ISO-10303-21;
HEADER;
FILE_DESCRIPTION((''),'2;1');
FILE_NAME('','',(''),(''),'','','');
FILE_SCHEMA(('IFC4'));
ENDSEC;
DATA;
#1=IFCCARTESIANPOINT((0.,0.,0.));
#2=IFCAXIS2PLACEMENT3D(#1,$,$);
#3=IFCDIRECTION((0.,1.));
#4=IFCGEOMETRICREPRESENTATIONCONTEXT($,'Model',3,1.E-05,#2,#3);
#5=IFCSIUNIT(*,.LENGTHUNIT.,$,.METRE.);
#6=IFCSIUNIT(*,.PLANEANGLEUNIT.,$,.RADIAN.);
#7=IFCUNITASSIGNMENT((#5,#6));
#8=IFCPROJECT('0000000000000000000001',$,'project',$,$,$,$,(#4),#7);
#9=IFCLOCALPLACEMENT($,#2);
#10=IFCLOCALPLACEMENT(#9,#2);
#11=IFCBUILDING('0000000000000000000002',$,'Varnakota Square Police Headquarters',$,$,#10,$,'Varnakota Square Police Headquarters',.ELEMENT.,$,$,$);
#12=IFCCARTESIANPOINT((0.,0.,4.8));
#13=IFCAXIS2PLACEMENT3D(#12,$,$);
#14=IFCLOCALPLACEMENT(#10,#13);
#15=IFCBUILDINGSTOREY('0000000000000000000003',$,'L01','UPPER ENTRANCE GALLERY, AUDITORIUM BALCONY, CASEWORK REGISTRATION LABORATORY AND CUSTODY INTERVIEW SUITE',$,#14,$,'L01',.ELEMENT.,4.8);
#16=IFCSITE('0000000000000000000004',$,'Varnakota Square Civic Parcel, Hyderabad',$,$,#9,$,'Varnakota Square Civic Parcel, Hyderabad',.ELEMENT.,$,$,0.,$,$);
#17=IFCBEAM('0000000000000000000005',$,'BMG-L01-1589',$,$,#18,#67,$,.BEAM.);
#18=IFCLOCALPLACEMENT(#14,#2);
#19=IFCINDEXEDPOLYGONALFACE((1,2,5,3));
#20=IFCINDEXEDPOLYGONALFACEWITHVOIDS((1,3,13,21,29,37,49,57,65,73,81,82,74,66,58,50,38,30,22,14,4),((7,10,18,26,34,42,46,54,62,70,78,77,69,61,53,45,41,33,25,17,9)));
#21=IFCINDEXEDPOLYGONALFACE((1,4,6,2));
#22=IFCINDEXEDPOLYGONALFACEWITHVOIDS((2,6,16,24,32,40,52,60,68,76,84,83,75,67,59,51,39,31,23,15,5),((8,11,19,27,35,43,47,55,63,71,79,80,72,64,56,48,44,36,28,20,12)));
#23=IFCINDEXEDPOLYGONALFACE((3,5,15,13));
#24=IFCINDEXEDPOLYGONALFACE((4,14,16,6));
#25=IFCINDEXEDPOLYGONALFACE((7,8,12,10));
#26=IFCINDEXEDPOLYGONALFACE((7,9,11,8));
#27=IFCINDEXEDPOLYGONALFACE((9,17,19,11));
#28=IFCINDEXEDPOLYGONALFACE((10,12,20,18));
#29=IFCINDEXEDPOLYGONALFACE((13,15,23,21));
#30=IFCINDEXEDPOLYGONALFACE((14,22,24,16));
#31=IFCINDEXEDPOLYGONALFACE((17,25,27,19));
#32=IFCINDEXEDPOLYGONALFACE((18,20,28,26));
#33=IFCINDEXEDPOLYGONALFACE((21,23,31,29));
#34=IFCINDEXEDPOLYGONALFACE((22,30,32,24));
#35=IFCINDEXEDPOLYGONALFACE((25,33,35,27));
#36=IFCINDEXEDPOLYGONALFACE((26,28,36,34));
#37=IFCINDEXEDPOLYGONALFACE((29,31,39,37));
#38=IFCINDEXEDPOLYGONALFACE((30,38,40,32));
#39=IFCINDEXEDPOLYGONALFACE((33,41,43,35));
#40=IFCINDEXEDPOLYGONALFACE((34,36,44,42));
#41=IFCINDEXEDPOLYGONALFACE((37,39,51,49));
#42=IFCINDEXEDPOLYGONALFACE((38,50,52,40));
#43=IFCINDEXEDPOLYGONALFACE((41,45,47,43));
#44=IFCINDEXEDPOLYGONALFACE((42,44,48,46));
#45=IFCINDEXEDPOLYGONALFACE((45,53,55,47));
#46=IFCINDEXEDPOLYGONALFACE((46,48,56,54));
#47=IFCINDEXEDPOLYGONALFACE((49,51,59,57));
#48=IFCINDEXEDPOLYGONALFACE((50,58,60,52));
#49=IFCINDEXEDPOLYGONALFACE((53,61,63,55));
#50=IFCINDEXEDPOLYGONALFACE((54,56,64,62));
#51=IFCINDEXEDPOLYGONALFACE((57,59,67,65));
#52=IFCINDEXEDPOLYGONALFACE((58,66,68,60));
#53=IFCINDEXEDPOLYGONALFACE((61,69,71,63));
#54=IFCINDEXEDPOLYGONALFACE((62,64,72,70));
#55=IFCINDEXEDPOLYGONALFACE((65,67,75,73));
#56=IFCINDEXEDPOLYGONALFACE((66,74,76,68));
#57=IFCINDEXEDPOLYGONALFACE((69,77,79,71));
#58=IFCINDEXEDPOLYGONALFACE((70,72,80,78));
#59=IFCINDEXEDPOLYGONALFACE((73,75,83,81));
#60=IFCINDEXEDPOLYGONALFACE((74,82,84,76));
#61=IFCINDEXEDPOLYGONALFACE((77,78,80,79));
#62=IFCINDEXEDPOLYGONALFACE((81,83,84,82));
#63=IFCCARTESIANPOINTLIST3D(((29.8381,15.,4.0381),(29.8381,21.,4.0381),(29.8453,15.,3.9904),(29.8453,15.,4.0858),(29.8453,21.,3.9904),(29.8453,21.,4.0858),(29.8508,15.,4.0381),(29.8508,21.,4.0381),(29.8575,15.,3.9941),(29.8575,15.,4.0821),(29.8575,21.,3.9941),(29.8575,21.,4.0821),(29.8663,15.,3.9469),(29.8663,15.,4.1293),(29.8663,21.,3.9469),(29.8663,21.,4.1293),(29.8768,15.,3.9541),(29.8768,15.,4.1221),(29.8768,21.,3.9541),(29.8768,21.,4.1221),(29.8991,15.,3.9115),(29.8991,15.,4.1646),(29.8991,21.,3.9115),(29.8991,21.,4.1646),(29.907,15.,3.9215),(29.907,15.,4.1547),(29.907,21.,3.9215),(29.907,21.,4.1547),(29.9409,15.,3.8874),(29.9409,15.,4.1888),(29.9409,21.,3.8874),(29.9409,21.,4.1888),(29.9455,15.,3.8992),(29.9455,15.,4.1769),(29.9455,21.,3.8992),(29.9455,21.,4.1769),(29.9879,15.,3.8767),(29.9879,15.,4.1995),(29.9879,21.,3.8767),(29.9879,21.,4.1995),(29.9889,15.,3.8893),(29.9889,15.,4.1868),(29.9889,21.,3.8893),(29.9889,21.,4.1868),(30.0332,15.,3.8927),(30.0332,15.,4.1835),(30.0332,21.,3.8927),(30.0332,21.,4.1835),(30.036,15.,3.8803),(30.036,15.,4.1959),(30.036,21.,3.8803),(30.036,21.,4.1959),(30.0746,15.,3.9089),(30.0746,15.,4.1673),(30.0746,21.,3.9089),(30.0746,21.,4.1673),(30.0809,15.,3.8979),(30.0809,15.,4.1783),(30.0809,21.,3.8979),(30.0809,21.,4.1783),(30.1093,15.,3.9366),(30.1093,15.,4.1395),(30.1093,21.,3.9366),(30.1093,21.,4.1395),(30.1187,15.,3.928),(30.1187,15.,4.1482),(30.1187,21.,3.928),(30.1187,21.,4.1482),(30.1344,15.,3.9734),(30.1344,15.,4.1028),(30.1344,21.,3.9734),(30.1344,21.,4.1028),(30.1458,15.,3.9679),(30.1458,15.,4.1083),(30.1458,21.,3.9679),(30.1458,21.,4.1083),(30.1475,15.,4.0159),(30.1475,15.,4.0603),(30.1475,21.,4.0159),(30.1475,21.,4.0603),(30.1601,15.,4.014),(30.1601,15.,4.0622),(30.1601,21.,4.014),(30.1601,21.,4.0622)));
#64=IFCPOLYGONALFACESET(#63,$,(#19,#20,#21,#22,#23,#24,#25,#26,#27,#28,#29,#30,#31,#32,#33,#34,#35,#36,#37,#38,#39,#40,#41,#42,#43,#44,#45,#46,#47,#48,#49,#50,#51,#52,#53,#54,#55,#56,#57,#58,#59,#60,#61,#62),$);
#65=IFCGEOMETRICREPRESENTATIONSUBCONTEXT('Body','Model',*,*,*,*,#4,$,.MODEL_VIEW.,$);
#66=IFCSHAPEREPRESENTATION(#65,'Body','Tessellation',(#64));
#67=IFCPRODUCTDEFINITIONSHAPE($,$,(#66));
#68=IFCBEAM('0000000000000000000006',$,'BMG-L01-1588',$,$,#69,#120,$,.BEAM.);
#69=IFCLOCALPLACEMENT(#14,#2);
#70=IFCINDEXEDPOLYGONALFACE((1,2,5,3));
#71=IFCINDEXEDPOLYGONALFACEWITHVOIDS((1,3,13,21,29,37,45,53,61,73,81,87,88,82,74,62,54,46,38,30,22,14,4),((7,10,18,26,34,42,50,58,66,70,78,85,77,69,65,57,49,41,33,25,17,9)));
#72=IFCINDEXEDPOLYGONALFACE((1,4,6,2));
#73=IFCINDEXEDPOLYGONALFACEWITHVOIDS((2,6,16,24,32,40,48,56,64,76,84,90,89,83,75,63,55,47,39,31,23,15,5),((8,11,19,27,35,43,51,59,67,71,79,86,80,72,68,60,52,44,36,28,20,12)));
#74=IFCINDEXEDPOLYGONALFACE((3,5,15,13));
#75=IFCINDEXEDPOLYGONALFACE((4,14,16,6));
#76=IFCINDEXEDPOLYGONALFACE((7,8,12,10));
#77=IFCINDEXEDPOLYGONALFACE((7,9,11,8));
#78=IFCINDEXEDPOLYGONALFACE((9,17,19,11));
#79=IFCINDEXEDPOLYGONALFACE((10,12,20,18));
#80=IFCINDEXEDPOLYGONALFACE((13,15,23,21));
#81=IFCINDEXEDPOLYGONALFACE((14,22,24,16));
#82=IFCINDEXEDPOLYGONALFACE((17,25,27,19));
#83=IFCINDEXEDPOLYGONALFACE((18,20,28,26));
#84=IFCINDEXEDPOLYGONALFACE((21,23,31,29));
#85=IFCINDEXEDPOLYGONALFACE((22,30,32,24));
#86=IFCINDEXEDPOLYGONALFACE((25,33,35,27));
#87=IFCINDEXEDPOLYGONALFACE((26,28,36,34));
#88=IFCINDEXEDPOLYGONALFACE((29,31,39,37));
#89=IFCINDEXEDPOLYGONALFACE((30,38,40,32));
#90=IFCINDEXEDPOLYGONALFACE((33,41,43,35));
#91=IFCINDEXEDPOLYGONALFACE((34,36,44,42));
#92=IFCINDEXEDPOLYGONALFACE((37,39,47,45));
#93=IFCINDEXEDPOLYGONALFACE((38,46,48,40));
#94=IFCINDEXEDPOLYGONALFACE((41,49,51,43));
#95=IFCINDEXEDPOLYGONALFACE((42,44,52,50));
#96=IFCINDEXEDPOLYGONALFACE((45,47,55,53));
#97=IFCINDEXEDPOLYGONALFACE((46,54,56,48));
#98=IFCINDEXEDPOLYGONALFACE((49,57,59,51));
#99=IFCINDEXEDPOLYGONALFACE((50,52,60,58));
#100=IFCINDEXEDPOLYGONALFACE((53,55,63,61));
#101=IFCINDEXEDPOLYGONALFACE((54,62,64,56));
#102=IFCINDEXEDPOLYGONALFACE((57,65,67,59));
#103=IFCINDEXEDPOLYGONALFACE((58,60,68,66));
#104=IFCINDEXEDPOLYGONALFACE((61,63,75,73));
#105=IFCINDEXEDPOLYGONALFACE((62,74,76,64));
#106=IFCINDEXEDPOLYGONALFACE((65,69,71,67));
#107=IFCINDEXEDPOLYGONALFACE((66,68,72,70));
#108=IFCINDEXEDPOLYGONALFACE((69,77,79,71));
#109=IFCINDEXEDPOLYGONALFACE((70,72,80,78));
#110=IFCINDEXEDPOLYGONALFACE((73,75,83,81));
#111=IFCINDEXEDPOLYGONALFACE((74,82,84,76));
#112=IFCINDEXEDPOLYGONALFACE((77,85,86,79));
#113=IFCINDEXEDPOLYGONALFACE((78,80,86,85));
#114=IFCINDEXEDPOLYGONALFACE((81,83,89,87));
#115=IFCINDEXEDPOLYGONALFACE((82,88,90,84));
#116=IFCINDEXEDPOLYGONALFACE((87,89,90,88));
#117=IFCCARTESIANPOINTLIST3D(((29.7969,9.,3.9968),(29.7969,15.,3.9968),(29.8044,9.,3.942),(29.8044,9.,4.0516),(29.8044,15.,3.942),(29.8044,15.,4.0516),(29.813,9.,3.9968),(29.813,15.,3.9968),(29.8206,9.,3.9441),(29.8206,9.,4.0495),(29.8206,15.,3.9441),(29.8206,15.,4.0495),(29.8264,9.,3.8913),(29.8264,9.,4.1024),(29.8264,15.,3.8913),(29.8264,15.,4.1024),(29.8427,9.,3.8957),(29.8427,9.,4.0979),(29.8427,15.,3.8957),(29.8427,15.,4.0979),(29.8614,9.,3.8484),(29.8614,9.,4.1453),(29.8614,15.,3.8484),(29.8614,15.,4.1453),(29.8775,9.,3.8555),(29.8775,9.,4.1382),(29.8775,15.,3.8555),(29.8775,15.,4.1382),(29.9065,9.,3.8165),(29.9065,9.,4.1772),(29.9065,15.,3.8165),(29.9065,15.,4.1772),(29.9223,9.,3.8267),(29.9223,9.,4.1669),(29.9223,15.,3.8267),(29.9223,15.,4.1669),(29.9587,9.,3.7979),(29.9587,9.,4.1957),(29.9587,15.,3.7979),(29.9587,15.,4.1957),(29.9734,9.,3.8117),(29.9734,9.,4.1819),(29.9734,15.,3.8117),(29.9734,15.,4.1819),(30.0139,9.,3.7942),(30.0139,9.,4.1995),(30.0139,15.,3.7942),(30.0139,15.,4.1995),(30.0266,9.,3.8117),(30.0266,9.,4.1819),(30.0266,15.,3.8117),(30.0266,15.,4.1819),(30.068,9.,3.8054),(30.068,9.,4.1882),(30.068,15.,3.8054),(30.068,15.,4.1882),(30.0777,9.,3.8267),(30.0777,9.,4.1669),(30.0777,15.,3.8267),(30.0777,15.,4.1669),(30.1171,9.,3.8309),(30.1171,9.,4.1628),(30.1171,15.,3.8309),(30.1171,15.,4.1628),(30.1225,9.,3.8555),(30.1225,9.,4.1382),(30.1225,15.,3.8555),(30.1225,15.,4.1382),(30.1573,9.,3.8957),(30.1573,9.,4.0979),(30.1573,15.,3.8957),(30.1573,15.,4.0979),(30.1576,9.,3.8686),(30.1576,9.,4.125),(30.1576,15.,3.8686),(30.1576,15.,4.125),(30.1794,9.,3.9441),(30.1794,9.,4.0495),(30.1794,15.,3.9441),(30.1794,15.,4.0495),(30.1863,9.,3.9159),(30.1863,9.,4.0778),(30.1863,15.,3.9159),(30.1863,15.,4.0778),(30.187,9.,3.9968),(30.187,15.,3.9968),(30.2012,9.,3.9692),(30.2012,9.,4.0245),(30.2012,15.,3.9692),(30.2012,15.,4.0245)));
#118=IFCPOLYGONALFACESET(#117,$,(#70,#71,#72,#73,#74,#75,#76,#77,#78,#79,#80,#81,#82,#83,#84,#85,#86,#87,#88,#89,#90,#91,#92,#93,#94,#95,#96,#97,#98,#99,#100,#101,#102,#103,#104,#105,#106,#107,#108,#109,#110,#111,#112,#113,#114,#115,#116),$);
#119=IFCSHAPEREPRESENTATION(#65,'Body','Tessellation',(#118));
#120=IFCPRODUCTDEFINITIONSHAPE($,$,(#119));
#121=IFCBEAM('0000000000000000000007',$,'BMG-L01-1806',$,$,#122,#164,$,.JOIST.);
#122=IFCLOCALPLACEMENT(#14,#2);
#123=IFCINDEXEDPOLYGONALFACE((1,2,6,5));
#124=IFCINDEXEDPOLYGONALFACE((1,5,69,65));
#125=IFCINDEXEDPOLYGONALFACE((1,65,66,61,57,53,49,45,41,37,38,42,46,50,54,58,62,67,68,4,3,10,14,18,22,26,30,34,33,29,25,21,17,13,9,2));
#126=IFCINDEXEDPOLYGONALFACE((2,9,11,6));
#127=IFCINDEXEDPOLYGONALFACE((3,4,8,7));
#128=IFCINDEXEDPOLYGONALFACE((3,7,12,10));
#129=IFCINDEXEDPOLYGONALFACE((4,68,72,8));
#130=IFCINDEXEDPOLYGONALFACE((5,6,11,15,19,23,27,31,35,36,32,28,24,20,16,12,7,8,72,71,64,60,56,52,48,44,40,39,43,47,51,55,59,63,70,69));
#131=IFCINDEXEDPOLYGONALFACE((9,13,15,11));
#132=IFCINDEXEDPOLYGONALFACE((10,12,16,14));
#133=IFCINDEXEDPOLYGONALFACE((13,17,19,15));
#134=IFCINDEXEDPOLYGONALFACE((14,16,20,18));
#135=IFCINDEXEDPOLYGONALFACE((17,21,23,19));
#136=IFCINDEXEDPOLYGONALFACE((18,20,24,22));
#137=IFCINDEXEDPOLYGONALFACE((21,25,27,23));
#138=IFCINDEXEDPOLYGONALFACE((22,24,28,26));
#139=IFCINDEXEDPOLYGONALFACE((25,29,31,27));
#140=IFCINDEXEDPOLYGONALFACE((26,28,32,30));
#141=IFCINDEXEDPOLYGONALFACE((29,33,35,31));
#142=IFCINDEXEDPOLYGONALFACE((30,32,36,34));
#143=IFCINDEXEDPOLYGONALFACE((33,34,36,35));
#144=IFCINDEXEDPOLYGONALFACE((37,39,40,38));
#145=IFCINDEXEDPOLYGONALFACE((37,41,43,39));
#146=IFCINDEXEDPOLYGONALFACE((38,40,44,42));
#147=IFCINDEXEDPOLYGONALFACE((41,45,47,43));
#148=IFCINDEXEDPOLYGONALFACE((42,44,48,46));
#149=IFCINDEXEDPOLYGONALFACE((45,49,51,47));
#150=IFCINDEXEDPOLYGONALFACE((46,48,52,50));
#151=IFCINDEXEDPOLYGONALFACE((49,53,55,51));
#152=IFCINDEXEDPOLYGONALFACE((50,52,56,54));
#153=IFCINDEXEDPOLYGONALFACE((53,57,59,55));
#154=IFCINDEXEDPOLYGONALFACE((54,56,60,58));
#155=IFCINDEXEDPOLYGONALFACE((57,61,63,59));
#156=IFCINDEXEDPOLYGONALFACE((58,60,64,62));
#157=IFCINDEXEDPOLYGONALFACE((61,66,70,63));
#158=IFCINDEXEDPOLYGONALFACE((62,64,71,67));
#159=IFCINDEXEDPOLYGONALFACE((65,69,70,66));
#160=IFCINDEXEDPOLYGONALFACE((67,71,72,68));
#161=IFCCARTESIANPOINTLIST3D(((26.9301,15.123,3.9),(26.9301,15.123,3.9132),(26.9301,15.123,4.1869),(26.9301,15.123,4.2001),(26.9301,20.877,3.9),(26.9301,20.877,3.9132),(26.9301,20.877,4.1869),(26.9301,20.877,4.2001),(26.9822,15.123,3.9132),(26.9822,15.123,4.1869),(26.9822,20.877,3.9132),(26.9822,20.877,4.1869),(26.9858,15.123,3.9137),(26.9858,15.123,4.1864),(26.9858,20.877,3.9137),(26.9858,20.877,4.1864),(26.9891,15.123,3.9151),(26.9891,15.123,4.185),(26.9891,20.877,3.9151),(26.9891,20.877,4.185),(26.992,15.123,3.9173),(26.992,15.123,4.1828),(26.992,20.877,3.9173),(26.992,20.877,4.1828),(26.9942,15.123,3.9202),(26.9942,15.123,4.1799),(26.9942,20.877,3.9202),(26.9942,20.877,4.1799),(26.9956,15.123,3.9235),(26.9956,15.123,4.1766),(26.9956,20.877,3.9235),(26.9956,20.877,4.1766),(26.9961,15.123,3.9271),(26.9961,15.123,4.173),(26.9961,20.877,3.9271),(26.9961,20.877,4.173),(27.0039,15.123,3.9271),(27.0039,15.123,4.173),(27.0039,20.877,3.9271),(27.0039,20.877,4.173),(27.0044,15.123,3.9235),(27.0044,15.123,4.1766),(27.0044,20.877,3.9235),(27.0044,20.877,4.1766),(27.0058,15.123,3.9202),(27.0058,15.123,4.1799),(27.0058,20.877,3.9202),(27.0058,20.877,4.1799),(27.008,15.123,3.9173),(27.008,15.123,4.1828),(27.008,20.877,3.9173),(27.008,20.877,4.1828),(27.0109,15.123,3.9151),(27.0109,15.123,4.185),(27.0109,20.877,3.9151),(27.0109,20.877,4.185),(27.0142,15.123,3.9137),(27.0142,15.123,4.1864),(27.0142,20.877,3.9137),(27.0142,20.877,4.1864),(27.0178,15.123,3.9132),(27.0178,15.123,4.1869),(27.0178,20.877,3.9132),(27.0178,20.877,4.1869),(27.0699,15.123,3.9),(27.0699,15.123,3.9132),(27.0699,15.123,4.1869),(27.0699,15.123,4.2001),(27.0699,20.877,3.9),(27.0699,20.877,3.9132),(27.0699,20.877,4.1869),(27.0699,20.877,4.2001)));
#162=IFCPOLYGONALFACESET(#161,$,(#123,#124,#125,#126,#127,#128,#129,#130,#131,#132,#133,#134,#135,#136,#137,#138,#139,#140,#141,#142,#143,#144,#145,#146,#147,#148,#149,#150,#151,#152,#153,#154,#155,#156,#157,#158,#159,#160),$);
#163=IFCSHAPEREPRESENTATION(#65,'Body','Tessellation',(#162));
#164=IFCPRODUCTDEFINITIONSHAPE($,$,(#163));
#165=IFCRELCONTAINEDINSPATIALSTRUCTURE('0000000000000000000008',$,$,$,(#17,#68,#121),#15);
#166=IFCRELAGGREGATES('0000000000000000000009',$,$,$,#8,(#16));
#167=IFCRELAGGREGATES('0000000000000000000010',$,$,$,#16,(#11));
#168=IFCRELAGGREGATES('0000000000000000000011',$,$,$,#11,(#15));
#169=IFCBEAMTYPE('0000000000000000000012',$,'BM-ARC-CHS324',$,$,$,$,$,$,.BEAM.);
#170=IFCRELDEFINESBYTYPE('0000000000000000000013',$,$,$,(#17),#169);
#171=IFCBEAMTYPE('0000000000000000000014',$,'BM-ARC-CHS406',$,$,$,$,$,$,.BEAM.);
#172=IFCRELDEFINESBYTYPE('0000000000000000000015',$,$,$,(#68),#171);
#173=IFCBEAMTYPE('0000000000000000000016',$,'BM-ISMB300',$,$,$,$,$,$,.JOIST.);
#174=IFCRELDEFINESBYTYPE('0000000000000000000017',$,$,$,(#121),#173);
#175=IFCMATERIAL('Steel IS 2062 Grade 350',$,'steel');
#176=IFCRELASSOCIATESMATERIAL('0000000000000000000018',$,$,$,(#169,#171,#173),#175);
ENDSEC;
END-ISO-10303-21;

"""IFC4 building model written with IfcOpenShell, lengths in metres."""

from ifc_helpers import new_model, si_unit, direction, frame, origin, origin_2d, place, context, subcontext, project, spatial, hollow_circle, i_section, extrude, material, material_profile, profile_set, type_object, element, save


model = new_model("IFC4")

# Units and contexts
model_context = context("Model", 3, precision=1e-05, world=origin(), true_north=direction((0.0, 1.0)))
body_context = subcontext(model_context, "Body", "Model", "MODEL_VIEW")
ifc_project = project(units=[si_unit("LENGTHUNIT", "METRE"), si_unit("PLANEANGLEUNIT", "RADIAN")], contexts=[model_context])

# Site, building, storey
site_placement = place(None, origin())
site = spatial("IfcSite", under=ifc_project, at=site_placement, Name="Varnakota Square Civic Parcel, Hyderabad", LongName="Varnakota Square Civic Parcel, Hyderabad", CompositionType="ELEMENT", RefElevation=0.0)
building_placement = place(site_placement, origin())
building = spatial("IfcBuilding", under=site, at=building_placement, Name="Varnakota Square Police Headquarters", LongName="Varnakota Square Police Headquarters", CompositionType="ELEMENT")
storey_placement = place(building_placement, frame((0.0, 0.0, 4.8)))
storey = spatial("IfcBuildingStorey", under=building, at=storey_placement, Name="L01", Description="UPPER ENTRANCE GALLERY, AUDITORIUM BALCONY, CASEWORK REGISTRATION LABORATORY AND CUSTODY INTERVIEW SUITE", LongName="L01", CompositionType="ELEMENT", Elevation=4.8)

# Shared definitions
ifc_material_1 = material(Name="Steel IS 2062 Grade 350", Category="steel")

# Beams
ifc_material_profile_1 = material_profile(ifc_material_1, hollow_circle(Radius=0.1619, WallThickness=0.0127, at=origin_2d()), Name="CHS 323.9x12.7")
ifc_profile_set_1 = profile_set([ifc_material_profile_1], Name="Steel IS 2062 Grade 350")
beam_type_1 = type_object("IfcBeamType", Name="BM-ARC-CHS324", PredefinedType="BEAM", material=ifc_profile_set_1)
for number, where, z_axis, x_axis, name in (
    (1, (30.0, 15.0, 4.0381), (0.0, 1.0, 0.0), (-1.0, 0.0, 0.0), "BMG-L01-1589"),
):
    element("IfcBeam", number, at=place(storey_placement, frame(where, z_axis=z_axis, x_axis=x_axis)), inside=storey, type_object=beam_type_1, Name=name, PredefinedType="BEAM", context=body_context, shape_type="SweptSolid", body=[
        extrude(hollow_circle(Radius=0.1619, WallThickness=0.0127, at=origin_2d()), origin(), (0.0, 0.0, 1.0), 6.0),
    ])
ifc_material_profile_2 = material_profile(ifc_material_1, hollow_circle(Radius=0.2031, WallThickness=0.0161, at=origin_2d()), Name="CHS 406.4x16.0")
ifc_profile_set_2 = profile_set([ifc_material_profile_2], Name="Steel IS 2062 Grade 350")
beam_type_2 = type_object("IfcBeamType", Name="BM-ARC-CHS406", PredefinedType="BEAM", material=ifc_profile_set_2)
beam_1_placement = place(storey_placement, frame((30.0, 9.0, 3.9968), z_axis=(0.0, 1.0, 0.0), x_axis=(-1.0, 0.0, 0.0)))
element("IfcBeam", 2, at=beam_1_placement, inside=storey, type_object=beam_type_2, Name="BMG-L01-1588", PredefinedType="BEAM", context=body_context, shape_type="SweptSolid", body=[
    extrude(hollow_circle(Radius=0.2031, WallThickness=0.0161, at=origin_2d()), origin(), (0.0, 0.0, 1.0), 6.0),
])
ifc_material_profile_3 = material_profile(ifc_material_1, i_section(OverallWidth=0.1399, OverallDepth=0.3, WebThickness=0.0078, FlangeThickness=0.0132, FilletRadius=0.0139, at=origin_2d()), Name="ISMB 300")
ifc_profile_set_3 = profile_set([ifc_material_profile_3], Name="Steel IS 2062 Grade 350")
beam_type_3 = type_object("IfcBeamType", Name="BM-ISMB300", PredefinedType="JOIST", material=ifc_profile_set_3)
beam_2_placement = place(storey_placement, frame((27.0, 15.123, 4.05), z_axis=(0.0, 1.0, 0.0), x_axis=(-1.0, 0.0, 0.0)))
element("IfcBeam", 3, at=beam_2_placement, inside=storey, type_object=beam_type_3, Name="BMG-L01-1806", PredefinedType="JOIST", context=body_context, shape_type="SweptSolid", body=[
    extrude(i_section(OverallWidth=0.1399, OverallDepth=0.3, WebThickness=0.0078, FlangeThickness=0.0132, FilletRadius=0.0139, at=origin_2d()), origin(), (0.0, 0.0, 1.0), 5.7539),
])

save(model, "model.ifc")
